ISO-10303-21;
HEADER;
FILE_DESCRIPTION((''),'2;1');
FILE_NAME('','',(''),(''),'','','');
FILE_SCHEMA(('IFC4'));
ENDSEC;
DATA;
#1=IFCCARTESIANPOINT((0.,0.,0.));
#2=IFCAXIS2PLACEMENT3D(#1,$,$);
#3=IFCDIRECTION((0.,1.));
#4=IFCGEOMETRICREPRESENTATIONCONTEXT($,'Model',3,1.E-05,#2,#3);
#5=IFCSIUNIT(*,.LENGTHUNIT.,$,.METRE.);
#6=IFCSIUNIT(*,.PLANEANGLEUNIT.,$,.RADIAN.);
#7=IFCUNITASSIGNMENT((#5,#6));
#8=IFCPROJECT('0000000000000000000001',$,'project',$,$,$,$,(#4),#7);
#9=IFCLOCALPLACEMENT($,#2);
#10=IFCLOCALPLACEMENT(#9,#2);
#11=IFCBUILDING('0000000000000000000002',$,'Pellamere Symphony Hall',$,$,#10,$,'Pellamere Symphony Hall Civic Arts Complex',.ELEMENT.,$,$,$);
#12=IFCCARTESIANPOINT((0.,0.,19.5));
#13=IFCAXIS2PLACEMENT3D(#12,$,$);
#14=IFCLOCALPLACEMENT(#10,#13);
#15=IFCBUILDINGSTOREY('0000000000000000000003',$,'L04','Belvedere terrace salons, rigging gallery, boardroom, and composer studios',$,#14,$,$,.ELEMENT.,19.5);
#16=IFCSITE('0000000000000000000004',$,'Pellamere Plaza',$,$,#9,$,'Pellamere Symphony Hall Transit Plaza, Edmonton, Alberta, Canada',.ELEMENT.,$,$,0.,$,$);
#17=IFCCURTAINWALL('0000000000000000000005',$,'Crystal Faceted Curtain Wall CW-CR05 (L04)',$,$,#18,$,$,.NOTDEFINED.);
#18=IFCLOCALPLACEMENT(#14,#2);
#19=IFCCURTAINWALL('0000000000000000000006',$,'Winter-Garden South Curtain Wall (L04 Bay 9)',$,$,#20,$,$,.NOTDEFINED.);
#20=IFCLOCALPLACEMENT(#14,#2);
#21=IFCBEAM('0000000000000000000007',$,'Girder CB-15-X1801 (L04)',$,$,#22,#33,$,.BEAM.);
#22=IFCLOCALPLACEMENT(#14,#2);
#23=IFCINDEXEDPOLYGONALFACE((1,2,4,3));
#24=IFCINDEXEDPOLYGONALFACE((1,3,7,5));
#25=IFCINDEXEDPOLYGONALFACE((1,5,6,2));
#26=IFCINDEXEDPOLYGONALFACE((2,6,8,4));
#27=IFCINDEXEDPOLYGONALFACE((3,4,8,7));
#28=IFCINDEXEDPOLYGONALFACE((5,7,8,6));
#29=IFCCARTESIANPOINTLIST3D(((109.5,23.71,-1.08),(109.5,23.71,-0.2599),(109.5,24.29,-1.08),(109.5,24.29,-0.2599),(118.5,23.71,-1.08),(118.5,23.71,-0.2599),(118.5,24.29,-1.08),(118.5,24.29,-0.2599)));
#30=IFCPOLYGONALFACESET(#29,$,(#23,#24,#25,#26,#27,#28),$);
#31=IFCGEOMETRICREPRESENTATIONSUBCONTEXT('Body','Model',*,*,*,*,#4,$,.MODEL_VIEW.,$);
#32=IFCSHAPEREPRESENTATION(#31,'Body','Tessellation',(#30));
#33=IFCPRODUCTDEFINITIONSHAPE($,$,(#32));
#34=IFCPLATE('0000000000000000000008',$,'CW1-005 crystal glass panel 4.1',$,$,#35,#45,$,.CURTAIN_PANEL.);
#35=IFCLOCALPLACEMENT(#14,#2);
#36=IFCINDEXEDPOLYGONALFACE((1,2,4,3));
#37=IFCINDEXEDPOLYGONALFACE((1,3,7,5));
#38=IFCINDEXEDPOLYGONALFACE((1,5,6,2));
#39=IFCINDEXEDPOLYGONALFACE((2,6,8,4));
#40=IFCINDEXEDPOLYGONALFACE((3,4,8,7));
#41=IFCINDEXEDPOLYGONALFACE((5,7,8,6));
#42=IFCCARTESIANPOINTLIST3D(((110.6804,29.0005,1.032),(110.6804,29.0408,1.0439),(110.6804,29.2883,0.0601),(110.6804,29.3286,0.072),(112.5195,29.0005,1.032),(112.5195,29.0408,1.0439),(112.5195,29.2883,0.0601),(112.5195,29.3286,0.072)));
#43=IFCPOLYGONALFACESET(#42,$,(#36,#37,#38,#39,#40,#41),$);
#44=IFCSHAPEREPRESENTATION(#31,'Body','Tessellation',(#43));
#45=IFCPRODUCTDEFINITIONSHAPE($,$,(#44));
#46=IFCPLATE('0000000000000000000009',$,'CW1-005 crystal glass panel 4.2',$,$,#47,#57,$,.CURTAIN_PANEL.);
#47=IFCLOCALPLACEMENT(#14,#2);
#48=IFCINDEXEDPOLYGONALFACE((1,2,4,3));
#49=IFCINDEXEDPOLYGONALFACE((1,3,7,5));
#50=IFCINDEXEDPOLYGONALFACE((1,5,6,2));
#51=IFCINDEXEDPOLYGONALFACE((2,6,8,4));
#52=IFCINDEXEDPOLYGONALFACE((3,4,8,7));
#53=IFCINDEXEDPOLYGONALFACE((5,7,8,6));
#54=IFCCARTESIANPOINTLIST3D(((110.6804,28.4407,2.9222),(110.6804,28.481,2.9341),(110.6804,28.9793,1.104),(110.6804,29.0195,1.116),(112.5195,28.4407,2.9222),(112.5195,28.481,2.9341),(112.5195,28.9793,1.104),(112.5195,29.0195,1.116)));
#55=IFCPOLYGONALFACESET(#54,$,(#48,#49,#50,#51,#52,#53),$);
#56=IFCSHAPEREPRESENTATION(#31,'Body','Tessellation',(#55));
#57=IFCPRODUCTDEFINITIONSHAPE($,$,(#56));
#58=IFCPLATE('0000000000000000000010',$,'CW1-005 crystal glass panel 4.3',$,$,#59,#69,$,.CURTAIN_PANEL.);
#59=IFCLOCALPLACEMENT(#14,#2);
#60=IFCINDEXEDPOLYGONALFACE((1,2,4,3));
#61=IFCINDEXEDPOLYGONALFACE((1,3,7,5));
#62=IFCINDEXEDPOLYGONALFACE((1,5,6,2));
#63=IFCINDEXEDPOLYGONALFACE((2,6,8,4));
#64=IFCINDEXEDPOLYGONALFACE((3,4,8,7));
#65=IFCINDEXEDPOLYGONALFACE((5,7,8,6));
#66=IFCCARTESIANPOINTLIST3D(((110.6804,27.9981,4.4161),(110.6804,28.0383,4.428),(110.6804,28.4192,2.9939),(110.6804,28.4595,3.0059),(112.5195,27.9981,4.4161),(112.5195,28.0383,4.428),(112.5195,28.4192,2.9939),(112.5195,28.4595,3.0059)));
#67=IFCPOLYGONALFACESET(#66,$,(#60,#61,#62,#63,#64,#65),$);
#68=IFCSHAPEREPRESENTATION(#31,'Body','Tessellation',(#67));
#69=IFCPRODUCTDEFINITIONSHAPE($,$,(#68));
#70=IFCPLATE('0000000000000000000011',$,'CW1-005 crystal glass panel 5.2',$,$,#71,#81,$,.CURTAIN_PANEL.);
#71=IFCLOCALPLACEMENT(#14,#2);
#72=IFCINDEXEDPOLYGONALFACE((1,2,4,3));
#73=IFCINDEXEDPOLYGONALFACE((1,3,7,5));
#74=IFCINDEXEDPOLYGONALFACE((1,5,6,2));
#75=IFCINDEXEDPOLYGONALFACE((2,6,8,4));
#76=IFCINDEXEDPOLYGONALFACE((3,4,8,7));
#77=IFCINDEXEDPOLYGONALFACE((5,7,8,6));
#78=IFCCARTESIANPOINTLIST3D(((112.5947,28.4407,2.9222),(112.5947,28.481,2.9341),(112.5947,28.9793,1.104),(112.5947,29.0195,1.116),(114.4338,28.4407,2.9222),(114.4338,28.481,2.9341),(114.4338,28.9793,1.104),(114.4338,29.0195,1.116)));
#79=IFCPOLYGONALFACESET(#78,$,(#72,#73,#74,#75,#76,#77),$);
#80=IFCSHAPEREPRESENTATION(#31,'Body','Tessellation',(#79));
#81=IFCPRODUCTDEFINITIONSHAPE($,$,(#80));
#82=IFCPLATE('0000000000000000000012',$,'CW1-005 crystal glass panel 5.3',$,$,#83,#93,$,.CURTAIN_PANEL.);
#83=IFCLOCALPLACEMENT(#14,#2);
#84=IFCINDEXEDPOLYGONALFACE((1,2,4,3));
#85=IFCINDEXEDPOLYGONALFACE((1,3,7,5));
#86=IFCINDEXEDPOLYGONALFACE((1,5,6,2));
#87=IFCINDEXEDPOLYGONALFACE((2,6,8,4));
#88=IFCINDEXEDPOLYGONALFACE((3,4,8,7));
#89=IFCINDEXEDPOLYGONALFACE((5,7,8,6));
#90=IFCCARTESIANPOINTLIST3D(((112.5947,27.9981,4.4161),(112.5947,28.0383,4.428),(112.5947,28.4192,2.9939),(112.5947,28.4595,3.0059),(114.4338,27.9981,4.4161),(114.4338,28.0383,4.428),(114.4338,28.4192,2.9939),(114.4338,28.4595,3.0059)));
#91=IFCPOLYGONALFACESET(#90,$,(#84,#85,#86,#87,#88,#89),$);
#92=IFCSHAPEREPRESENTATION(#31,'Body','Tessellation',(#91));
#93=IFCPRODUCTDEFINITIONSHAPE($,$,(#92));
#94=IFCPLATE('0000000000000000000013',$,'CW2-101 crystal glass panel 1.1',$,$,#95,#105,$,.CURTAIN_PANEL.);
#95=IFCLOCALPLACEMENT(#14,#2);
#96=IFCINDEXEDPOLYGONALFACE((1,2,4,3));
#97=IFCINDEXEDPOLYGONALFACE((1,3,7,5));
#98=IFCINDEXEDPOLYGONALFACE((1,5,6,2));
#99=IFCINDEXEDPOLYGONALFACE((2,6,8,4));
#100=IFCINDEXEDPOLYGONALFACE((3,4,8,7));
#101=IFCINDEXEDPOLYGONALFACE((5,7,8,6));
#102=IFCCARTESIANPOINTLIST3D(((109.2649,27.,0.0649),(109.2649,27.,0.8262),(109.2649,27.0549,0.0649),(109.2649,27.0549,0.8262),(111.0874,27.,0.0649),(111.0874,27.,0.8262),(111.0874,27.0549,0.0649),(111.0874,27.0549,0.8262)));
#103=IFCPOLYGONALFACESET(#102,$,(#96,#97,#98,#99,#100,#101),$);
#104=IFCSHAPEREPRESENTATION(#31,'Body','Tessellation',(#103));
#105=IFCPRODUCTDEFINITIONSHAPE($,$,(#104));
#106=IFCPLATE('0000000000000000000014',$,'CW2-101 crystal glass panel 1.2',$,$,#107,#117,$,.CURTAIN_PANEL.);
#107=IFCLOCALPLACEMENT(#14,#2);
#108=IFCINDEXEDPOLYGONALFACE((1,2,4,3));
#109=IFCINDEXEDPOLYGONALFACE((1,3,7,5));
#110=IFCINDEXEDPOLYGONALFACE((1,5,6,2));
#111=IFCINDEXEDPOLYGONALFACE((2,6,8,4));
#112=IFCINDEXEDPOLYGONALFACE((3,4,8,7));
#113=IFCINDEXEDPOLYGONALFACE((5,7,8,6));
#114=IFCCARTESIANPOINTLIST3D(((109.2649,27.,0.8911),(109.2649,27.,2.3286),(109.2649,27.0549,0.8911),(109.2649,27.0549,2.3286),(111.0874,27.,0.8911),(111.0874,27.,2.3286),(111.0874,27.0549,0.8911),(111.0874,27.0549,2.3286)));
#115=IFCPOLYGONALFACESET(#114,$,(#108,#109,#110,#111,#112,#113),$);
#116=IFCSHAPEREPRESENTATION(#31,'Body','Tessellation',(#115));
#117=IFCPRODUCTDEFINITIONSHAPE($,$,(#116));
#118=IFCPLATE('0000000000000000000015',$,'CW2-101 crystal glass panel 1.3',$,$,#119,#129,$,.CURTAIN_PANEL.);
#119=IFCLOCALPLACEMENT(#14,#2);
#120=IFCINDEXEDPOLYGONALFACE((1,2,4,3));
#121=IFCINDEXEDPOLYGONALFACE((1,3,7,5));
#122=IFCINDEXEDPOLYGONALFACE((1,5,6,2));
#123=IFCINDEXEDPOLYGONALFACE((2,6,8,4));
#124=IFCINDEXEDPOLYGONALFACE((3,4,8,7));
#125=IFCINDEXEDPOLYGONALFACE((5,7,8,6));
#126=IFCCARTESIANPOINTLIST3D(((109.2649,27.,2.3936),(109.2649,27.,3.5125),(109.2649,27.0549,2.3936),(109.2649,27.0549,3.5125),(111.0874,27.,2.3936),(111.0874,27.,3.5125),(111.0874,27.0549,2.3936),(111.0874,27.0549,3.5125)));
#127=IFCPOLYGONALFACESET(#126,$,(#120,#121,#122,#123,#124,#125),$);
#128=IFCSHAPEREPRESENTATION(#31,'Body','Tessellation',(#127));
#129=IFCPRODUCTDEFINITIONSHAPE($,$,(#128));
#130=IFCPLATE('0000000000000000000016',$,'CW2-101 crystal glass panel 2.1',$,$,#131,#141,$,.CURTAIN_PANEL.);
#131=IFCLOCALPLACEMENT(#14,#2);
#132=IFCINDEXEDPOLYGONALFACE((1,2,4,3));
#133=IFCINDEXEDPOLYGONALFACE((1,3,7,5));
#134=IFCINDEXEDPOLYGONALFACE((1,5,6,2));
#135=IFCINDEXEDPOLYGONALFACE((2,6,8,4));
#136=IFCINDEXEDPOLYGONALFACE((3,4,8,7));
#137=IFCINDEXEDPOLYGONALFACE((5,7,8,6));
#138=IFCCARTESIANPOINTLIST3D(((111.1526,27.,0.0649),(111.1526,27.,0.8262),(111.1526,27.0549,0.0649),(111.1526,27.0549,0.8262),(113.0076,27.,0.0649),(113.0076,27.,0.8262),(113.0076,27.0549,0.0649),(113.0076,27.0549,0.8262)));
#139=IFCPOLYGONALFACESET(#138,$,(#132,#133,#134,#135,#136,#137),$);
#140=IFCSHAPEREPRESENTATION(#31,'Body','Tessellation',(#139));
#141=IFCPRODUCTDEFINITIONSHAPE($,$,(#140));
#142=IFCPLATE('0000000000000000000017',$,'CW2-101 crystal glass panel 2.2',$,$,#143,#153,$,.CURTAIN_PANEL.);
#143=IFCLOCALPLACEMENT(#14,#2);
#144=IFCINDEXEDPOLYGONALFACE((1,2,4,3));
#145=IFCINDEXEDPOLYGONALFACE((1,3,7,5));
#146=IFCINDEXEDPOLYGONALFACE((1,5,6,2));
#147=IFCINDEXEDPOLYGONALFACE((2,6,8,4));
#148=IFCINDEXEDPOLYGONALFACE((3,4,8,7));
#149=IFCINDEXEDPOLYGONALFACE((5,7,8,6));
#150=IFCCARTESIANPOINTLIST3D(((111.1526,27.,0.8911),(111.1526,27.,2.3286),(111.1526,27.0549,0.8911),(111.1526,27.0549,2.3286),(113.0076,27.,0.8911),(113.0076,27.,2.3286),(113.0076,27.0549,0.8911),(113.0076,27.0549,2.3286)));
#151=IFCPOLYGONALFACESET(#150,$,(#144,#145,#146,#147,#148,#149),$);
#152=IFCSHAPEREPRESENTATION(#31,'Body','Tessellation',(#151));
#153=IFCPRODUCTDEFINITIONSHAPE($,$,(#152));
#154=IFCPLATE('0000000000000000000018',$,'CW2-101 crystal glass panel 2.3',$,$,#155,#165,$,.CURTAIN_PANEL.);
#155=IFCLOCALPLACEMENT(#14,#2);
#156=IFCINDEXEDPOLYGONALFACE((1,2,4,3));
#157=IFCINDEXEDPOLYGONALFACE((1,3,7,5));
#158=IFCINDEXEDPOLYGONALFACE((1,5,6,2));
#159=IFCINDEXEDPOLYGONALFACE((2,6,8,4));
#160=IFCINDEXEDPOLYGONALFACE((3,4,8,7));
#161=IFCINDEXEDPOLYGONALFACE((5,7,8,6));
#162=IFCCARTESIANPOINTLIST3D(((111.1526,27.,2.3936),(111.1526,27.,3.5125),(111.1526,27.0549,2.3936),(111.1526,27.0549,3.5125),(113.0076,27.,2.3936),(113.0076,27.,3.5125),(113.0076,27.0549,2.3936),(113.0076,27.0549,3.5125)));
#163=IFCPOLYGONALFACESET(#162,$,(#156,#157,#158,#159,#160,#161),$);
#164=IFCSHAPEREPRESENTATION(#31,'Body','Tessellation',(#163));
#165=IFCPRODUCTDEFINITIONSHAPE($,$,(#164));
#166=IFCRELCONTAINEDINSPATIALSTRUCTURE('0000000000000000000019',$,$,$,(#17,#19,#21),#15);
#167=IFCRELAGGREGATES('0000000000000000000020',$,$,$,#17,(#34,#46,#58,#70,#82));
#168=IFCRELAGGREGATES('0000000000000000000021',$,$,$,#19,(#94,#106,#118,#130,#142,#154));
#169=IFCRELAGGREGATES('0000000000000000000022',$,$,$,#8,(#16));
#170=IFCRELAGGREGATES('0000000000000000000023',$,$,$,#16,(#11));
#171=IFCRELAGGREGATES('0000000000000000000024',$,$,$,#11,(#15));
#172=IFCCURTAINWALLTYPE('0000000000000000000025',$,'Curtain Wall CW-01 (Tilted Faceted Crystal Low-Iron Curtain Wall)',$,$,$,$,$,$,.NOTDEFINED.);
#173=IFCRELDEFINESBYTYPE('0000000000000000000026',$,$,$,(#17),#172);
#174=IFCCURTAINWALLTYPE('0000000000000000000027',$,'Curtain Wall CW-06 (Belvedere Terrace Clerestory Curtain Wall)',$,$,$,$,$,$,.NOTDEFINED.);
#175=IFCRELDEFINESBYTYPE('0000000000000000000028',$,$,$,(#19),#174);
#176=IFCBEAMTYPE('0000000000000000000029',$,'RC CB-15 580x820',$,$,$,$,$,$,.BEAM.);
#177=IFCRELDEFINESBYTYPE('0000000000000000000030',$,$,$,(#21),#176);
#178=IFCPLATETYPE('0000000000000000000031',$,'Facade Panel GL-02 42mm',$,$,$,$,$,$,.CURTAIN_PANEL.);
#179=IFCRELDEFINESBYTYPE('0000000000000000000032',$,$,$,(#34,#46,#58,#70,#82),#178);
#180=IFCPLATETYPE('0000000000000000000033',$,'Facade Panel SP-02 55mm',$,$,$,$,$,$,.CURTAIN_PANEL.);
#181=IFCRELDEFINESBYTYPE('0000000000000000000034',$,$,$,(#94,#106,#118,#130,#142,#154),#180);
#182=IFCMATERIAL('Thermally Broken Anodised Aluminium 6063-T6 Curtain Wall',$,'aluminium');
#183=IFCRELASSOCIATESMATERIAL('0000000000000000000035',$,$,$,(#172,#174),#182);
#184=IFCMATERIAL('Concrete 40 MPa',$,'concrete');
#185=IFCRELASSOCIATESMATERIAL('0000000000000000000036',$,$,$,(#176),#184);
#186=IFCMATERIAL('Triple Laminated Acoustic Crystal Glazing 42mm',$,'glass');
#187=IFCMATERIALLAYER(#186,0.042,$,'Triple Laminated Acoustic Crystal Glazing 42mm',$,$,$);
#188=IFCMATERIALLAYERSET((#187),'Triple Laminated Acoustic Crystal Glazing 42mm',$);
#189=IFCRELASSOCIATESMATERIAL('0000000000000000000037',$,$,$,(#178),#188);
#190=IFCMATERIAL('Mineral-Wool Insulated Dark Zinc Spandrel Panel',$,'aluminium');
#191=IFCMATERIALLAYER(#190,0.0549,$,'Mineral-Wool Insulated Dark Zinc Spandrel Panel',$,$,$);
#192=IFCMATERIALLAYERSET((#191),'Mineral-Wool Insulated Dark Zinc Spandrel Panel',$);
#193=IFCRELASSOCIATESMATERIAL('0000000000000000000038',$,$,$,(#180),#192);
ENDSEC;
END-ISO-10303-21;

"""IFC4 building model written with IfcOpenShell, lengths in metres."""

from ifc_helpers import new_model, si_unit, direction, frame, origin, origin_2d, place, context, subcontext, project, spatial, polyline, rectangle, outline, extrude, material, layer, layer_set, material_profile, profile_set, type_object, element, aggregate, save


model = new_model("IFC4")

# Units and contexts
model_context = context("Model", 3, precision=1e-05, world=origin(), true_north=direction((0.0, 1.0)))
body_context = subcontext(model_context, "Body", "Model", "MODEL_VIEW")
ifc_project = project(units=[si_unit("LENGTHUNIT", "METRE"), si_unit("PLANEANGLEUNIT", "RADIAN")], contexts=[model_context])

# Site, building, storey
site_placement = place(None, origin())
site = spatial("IfcSite", under=ifc_project, at=site_placement, Name="Pellamere Plaza", LongName="Pellamere Symphony Hall Transit Plaza, Edmonton, Alberta, Canada", CompositionType="ELEMENT", RefElevation=0.0)
building_placement = place(site_placement, origin())
building = spatial("IfcBuilding", under=site, at=building_placement, Name="Pellamere Symphony Hall", LongName="Pellamere Symphony Hall Civic Arts Complex", CompositionType="ELEMENT")
storey_placement = place(building_placement, frame((0.0, 0.0, 19.5)))
storey = spatial("IfcBuildingStorey", under=building, at=storey_placement, Name="L04", Description="Belvedere terrace salons, rigging gallery, boardroom, and composer studios", CompositionType="ELEMENT", Elevation=19.5)

# Curtain walls
ifc_material_1 = material(Name="Thermally Broken Anodised Aluminium 6063-T6 Curtain Wall", Category="aluminium")
curtain_wall_type_1 = type_object("IfcCurtainWallType", Name="Curtain Wall CW-01 (Tilted Faceted Crystal Low-Iron Curtain Wall)", PredefinedType="NOTDEFINED", material=ifc_material_1)
curtain_wall_1_placement = place(storey_placement, origin())
curtain_wall_1 = element("IfcCurtainWall", 1, at=curtain_wall_1_placement, inside=storey, type_object=curtain_wall_type_1, Name="Crystal Faceted Curtain Wall CW-CR05 (L04)", PredefinedType="NOTDEFINED")
curtain_wall_type_2 = type_object("IfcCurtainWallType", Name="Curtain Wall CW-06 (Belvedere Terrace Clerestory Curtain Wall)", PredefinedType="NOTDEFINED", material=ifc_material_1)
curtain_wall_2_placement = place(storey_placement, origin())
curtain_wall_2 = element("IfcCurtainWall", 2, at=curtain_wall_2_placement, inside=storey, type_object=curtain_wall_type_2, Name="Winter-Garden South Curtain Wall (L04 Bay 9)", PredefinedType="NOTDEFINED")

# Beam
ifc_material_2 = material(Name="Concrete 40 MPa", Category="concrete")
ifc_material_profile_1 = material_profile(ifc_material_2, rectangle(XDim=0.5801, YDim=0.8201, at=origin_2d()), Name="RC 580x820")
ifc_profile_set_1 = profile_set([ifc_material_profile_1], Name="Concrete 40 MPa")
beam_type_1 = type_object("IfcBeamType", Name="RC CB-15 580x820", PredefinedType="BEAM", material=ifc_profile_set_1)
beam_1_placement = place(storey_placement, frame((109.5, 24.0, -0.6699), z_axis=(1.0, 0.0, 0.0), x_axis=(0.0, 1.0, 0.0)))
element("IfcBeam", 3, at=beam_1_placement, inside=storey, type_object=beam_type_1, Name="Girder CB-15-X1801 (L04)", PredefinedType="BEAM", context=body_context, shape_type="SweptSolid", body=[
    extrude(rectangle(XDim=0.5801, YDim=0.8201, at=origin_2d()), origin(), (0.0, 0.0, 1.0), 9.0),
])

# Plates
ifc_material_3 = material(Name="Triple Laminated Acoustic Crystal Glazing 42mm", Category="glass")
ifc_layer_1 = layer(ifc_material_3, 0.042, Name="Triple Laminated Acoustic Crystal Glazing 42mm")
ifc_layer_set_1 = layer_set([ifc_layer_1], Name="Triple Laminated Acoustic Crystal Glazing 42mm")
plate_type_1 = type_object("IfcPlateType", Name="Facade Panel GL-02 42mm", PredefinedType="CURTAIN_PANEL", material=ifc_layer_set_1)
plate_1_placement = place(storey_placement, frame((110.6804, 29.3286, 0.072), z_axis=(0.0, 0.958835, 0.283965), x_axis=(1.0, 0.0, 0.0)))
plate_1 = element("IfcPlate", 4, at=plate_1_placement, type_object=plate_type_1, Name="CW1-005 crystal glass panel 4.1", PredefinedType="CURTAIN_PANEL", context=body_context, shape_type="SweptSolid", body=[
    extrude(outline(polyline([(0.0, 0.0), (1.8391, 0.0), (1.8391, -1.0137), (0.0, -1.0137), (0.0, 0.0)])), origin(), (0.0, 0.0, -1.0), 0.042),
])
plate_2_placement = place(storey_placement, frame((110.6804, 29.0195, 1.116), z_axis=(0.0, 0.958816, 0.284027), x_axis=(1.0, 0.0, 0.0)))
plate_2 = element("IfcPlate", 5, at=plate_2_placement, type_object=plate_type_1, Name="CW1-005 crystal glass panel 4.2", PredefinedType="CURTAIN_PANEL", context=body_context, shape_type="SweptSolid", body=[
    extrude(outline(polyline([(0.0, 0.0), (1.8391, 0.0), (1.8391, -1.8962), (0.0, -1.8962), (0.0, 0.0)])), origin(), (0.0, 0.0, -1.0), 0.042),
])
plate_3_placement = place(storey_placement, frame((110.6804, 28.4595, 3.0059), z_axis=(0.0, 0.95884, 0.283948), x_axis=(1.0, 0.0, 0.0)))
plate_3 = element("IfcPlate", 6, at=plate_3_placement, type_object=plate_type_1, Name="CW1-005 crystal glass panel 4.3", PredefinedType="CURTAIN_PANEL", context=body_context, shape_type="SweptSolid", body=[
    extrude(outline(polyline([(0.0, 0.0), (1.8391, 0.0), (1.8391, -1.4832), (0.0, -1.4832), (0.0, 0.0)])), origin(), (0.0, 0.0, -1.0), 0.042),
])
plate_4_placement = place(storey_placement, frame((112.5947, 29.0195, 1.116), z_axis=(0.0, 0.958816, 0.284027), x_axis=(1.0, 0.0, 0.0)))
plate_4 = element("IfcPlate", 7, at=plate_4_placement, type_object=plate_type_1, Name="CW1-005 crystal glass panel 5.2", PredefinedType="CURTAIN_PANEL", context=body_context, shape_type="SweptSolid", body=[
    extrude(outline(polyline([(0.0, 0.0), (1.8391, 0.0), (1.8391, -1.8962), (0.0, -1.8962), (0.0, 0.0)])), origin(), (0.0, 0.0, -1.0), 0.042),
])
plate_5_placement = place(storey_placement, frame((112.5947, 28.4595, 3.0059), z_axis=(0.0, 0.95884, 0.283948), x_axis=(1.0, 0.0, 0.0)))
plate_5 = element("IfcPlate", 8, at=plate_5_placement, type_object=plate_type_1, Name="CW1-005 crystal glass panel 5.3", PredefinedType="CURTAIN_PANEL", context=body_context, shape_type="SweptSolid", body=[
    extrude(outline(polyline([(0.0, 0.0), (1.8391, 0.0), (1.8391, -1.4832), (0.0, -1.4832), (0.0, 0.0)])), origin(), (0.0, 0.0, -1.0), 0.042),
])
aggregate(curtain_wall_1, [plate_1, plate_2, plate_3, plate_4, plate_5])
ifc_material_4 = material(Name="Mineral-Wool Insulated Dark Zinc Spandrel Panel", Category="aluminium")
ifc_layer_2 = layer(ifc_material_4, 0.0549, Name="Mineral-Wool Insulated Dark Zinc Spandrel Panel")
ifc_layer_set_2 = layer_set([ifc_layer_2], Name="Mineral-Wool Insulated Dark Zinc Spandrel Panel")
plate_type_2 = type_object("IfcPlateType", Name="Facade Panel SP-02 55mm", PredefinedType="CURTAIN_PANEL", material=ifc_layer_set_2)
plate_6_placement = place(storey_placement, frame((109.2649, 27.0, 0.0649), z_axis=(0.0, -1.0, 0.0), x_axis=(1.0, 0.0, 0.0)))
plate_6 = element("IfcPlate", 9, at=plate_6_placement, type_object=plate_type_2, Name="CW2-101 crystal glass panel 1.1", PredefinedType="CURTAIN_PANEL", context=body_context, shape_type="SweptSolid", body=[
    extrude(outline(polyline([(0.0, 0.0), (1.8225, 0.0), (1.8225, 0.7612), (0.0, 0.7612), (0.0, 0.0)])), origin(), (0.0, 0.0, -1.0), 0.0549),
])
plate_7_placement = place(storey_placement, frame((109.2649, 27.0, 0.8911), z_axis=(0.0, -1.0, 0.0), x_axis=(1.0, 0.0, 0.0)))
plate_7 = element("IfcPlate", 10, at=plate_7_placement, type_object=plate_type_2, Name="CW2-101 crystal glass panel 1.2", PredefinedType="CURTAIN_PANEL", context=body_context, shape_type="SweptSolid", body=[
    extrude(outline(polyline([(0.0, 0.0), (1.8225, 0.0), (1.8225, 1.4375), (0.0, 1.4375), (0.0, 0.0)])), origin(), (0.0, 0.0, -1.0), 0.0549),
])
plate_8_placement = place(storey_placement, frame((109.2649, 27.0, 2.3936), z_axis=(0.0, -1.0, 0.0), x_axis=(1.0, 0.0, 0.0)))
plate_8 = element("IfcPlate", 11, at=plate_8_placement, type_object=plate_type_2, Name="CW2-101 crystal glass panel 1.3", PredefinedType="CURTAIN_PANEL", context=body_context, shape_type="SweptSolid", body=[
    extrude(outline(polyline([(0.0, 0.0), (1.8225, 0.0), (1.8225, 1.1189), (0.0, 1.1189), (0.0, 0.0)])), origin(), (0.0, 0.0, -1.0), 0.0549),
])
plate_9_placement = place(storey_placement, frame((111.1526, 27.0, 0.0649), z_axis=(0.0, -1.0, 0.0), x_axis=(1.0, 0.0, 0.0)))
plate_9 = element("IfcPlate", 12, at=plate_9_placement, type_object=plate_type_2, Name="CW2-101 crystal glass panel 2.1", PredefinedType="CURTAIN_PANEL", context=body_context, shape_type="SweptSolid", body=[
    extrude(outline(polyline([(0.0, 0.0), (1.855, 0.0), (1.855, 0.7612), (0.0, 0.7612), (0.0, 0.0)])), origin(), (0.0, 0.0, -1.0), 0.0549),
])
plate_10_placement = place(storey_placement, frame((111.1526, 27.0, 0.8911), z_axis=(0.0, -1.0, 0.0), x_axis=(1.0, 0.0, 0.0)))
plate_10 = element("IfcPlate", 13, at=plate_10_placement, type_object=plate_type_2, Name="CW2-101 crystal glass panel 2.2", PredefinedType="CURTAIN_PANEL", context=body_context, shape_type="SweptSolid", body=[
    extrude(outline(polyline([(0.0, 0.0), (1.855, 0.0), (1.855, 1.4375), (0.0, 1.4375), (0.0, 0.0)])), origin(), (0.0, 0.0, -1.0), 0.0549),
])
plate_11_placement = place(storey_placement, frame((111.1526, 27.0, 2.3936), z_axis=(0.0, -1.0, 0.0), x_axis=(1.0, 0.0, 0.0)))
plate_11 = element("IfcPlate", 14, at=plate_11_placement, type_object=plate_type_2, Name="CW2-101 crystal glass panel 2.3", PredefinedType="CURTAIN_PANEL", context=body_context, shape_type="SweptSolid", body=[
    extrude(outline(polyline([(0.0, 0.0), (1.855, 0.0), (1.855, 1.1189), (0.0, 1.1189), (0.0, 0.0)])), origin(), (0.0, 0.0, -1.0), 0.0549),
])
aggregate(curtain_wall_2, [plate_6, plate_7, plate_8, plate_9, plate_10, plate_11])

save(model, "model.ifc")
